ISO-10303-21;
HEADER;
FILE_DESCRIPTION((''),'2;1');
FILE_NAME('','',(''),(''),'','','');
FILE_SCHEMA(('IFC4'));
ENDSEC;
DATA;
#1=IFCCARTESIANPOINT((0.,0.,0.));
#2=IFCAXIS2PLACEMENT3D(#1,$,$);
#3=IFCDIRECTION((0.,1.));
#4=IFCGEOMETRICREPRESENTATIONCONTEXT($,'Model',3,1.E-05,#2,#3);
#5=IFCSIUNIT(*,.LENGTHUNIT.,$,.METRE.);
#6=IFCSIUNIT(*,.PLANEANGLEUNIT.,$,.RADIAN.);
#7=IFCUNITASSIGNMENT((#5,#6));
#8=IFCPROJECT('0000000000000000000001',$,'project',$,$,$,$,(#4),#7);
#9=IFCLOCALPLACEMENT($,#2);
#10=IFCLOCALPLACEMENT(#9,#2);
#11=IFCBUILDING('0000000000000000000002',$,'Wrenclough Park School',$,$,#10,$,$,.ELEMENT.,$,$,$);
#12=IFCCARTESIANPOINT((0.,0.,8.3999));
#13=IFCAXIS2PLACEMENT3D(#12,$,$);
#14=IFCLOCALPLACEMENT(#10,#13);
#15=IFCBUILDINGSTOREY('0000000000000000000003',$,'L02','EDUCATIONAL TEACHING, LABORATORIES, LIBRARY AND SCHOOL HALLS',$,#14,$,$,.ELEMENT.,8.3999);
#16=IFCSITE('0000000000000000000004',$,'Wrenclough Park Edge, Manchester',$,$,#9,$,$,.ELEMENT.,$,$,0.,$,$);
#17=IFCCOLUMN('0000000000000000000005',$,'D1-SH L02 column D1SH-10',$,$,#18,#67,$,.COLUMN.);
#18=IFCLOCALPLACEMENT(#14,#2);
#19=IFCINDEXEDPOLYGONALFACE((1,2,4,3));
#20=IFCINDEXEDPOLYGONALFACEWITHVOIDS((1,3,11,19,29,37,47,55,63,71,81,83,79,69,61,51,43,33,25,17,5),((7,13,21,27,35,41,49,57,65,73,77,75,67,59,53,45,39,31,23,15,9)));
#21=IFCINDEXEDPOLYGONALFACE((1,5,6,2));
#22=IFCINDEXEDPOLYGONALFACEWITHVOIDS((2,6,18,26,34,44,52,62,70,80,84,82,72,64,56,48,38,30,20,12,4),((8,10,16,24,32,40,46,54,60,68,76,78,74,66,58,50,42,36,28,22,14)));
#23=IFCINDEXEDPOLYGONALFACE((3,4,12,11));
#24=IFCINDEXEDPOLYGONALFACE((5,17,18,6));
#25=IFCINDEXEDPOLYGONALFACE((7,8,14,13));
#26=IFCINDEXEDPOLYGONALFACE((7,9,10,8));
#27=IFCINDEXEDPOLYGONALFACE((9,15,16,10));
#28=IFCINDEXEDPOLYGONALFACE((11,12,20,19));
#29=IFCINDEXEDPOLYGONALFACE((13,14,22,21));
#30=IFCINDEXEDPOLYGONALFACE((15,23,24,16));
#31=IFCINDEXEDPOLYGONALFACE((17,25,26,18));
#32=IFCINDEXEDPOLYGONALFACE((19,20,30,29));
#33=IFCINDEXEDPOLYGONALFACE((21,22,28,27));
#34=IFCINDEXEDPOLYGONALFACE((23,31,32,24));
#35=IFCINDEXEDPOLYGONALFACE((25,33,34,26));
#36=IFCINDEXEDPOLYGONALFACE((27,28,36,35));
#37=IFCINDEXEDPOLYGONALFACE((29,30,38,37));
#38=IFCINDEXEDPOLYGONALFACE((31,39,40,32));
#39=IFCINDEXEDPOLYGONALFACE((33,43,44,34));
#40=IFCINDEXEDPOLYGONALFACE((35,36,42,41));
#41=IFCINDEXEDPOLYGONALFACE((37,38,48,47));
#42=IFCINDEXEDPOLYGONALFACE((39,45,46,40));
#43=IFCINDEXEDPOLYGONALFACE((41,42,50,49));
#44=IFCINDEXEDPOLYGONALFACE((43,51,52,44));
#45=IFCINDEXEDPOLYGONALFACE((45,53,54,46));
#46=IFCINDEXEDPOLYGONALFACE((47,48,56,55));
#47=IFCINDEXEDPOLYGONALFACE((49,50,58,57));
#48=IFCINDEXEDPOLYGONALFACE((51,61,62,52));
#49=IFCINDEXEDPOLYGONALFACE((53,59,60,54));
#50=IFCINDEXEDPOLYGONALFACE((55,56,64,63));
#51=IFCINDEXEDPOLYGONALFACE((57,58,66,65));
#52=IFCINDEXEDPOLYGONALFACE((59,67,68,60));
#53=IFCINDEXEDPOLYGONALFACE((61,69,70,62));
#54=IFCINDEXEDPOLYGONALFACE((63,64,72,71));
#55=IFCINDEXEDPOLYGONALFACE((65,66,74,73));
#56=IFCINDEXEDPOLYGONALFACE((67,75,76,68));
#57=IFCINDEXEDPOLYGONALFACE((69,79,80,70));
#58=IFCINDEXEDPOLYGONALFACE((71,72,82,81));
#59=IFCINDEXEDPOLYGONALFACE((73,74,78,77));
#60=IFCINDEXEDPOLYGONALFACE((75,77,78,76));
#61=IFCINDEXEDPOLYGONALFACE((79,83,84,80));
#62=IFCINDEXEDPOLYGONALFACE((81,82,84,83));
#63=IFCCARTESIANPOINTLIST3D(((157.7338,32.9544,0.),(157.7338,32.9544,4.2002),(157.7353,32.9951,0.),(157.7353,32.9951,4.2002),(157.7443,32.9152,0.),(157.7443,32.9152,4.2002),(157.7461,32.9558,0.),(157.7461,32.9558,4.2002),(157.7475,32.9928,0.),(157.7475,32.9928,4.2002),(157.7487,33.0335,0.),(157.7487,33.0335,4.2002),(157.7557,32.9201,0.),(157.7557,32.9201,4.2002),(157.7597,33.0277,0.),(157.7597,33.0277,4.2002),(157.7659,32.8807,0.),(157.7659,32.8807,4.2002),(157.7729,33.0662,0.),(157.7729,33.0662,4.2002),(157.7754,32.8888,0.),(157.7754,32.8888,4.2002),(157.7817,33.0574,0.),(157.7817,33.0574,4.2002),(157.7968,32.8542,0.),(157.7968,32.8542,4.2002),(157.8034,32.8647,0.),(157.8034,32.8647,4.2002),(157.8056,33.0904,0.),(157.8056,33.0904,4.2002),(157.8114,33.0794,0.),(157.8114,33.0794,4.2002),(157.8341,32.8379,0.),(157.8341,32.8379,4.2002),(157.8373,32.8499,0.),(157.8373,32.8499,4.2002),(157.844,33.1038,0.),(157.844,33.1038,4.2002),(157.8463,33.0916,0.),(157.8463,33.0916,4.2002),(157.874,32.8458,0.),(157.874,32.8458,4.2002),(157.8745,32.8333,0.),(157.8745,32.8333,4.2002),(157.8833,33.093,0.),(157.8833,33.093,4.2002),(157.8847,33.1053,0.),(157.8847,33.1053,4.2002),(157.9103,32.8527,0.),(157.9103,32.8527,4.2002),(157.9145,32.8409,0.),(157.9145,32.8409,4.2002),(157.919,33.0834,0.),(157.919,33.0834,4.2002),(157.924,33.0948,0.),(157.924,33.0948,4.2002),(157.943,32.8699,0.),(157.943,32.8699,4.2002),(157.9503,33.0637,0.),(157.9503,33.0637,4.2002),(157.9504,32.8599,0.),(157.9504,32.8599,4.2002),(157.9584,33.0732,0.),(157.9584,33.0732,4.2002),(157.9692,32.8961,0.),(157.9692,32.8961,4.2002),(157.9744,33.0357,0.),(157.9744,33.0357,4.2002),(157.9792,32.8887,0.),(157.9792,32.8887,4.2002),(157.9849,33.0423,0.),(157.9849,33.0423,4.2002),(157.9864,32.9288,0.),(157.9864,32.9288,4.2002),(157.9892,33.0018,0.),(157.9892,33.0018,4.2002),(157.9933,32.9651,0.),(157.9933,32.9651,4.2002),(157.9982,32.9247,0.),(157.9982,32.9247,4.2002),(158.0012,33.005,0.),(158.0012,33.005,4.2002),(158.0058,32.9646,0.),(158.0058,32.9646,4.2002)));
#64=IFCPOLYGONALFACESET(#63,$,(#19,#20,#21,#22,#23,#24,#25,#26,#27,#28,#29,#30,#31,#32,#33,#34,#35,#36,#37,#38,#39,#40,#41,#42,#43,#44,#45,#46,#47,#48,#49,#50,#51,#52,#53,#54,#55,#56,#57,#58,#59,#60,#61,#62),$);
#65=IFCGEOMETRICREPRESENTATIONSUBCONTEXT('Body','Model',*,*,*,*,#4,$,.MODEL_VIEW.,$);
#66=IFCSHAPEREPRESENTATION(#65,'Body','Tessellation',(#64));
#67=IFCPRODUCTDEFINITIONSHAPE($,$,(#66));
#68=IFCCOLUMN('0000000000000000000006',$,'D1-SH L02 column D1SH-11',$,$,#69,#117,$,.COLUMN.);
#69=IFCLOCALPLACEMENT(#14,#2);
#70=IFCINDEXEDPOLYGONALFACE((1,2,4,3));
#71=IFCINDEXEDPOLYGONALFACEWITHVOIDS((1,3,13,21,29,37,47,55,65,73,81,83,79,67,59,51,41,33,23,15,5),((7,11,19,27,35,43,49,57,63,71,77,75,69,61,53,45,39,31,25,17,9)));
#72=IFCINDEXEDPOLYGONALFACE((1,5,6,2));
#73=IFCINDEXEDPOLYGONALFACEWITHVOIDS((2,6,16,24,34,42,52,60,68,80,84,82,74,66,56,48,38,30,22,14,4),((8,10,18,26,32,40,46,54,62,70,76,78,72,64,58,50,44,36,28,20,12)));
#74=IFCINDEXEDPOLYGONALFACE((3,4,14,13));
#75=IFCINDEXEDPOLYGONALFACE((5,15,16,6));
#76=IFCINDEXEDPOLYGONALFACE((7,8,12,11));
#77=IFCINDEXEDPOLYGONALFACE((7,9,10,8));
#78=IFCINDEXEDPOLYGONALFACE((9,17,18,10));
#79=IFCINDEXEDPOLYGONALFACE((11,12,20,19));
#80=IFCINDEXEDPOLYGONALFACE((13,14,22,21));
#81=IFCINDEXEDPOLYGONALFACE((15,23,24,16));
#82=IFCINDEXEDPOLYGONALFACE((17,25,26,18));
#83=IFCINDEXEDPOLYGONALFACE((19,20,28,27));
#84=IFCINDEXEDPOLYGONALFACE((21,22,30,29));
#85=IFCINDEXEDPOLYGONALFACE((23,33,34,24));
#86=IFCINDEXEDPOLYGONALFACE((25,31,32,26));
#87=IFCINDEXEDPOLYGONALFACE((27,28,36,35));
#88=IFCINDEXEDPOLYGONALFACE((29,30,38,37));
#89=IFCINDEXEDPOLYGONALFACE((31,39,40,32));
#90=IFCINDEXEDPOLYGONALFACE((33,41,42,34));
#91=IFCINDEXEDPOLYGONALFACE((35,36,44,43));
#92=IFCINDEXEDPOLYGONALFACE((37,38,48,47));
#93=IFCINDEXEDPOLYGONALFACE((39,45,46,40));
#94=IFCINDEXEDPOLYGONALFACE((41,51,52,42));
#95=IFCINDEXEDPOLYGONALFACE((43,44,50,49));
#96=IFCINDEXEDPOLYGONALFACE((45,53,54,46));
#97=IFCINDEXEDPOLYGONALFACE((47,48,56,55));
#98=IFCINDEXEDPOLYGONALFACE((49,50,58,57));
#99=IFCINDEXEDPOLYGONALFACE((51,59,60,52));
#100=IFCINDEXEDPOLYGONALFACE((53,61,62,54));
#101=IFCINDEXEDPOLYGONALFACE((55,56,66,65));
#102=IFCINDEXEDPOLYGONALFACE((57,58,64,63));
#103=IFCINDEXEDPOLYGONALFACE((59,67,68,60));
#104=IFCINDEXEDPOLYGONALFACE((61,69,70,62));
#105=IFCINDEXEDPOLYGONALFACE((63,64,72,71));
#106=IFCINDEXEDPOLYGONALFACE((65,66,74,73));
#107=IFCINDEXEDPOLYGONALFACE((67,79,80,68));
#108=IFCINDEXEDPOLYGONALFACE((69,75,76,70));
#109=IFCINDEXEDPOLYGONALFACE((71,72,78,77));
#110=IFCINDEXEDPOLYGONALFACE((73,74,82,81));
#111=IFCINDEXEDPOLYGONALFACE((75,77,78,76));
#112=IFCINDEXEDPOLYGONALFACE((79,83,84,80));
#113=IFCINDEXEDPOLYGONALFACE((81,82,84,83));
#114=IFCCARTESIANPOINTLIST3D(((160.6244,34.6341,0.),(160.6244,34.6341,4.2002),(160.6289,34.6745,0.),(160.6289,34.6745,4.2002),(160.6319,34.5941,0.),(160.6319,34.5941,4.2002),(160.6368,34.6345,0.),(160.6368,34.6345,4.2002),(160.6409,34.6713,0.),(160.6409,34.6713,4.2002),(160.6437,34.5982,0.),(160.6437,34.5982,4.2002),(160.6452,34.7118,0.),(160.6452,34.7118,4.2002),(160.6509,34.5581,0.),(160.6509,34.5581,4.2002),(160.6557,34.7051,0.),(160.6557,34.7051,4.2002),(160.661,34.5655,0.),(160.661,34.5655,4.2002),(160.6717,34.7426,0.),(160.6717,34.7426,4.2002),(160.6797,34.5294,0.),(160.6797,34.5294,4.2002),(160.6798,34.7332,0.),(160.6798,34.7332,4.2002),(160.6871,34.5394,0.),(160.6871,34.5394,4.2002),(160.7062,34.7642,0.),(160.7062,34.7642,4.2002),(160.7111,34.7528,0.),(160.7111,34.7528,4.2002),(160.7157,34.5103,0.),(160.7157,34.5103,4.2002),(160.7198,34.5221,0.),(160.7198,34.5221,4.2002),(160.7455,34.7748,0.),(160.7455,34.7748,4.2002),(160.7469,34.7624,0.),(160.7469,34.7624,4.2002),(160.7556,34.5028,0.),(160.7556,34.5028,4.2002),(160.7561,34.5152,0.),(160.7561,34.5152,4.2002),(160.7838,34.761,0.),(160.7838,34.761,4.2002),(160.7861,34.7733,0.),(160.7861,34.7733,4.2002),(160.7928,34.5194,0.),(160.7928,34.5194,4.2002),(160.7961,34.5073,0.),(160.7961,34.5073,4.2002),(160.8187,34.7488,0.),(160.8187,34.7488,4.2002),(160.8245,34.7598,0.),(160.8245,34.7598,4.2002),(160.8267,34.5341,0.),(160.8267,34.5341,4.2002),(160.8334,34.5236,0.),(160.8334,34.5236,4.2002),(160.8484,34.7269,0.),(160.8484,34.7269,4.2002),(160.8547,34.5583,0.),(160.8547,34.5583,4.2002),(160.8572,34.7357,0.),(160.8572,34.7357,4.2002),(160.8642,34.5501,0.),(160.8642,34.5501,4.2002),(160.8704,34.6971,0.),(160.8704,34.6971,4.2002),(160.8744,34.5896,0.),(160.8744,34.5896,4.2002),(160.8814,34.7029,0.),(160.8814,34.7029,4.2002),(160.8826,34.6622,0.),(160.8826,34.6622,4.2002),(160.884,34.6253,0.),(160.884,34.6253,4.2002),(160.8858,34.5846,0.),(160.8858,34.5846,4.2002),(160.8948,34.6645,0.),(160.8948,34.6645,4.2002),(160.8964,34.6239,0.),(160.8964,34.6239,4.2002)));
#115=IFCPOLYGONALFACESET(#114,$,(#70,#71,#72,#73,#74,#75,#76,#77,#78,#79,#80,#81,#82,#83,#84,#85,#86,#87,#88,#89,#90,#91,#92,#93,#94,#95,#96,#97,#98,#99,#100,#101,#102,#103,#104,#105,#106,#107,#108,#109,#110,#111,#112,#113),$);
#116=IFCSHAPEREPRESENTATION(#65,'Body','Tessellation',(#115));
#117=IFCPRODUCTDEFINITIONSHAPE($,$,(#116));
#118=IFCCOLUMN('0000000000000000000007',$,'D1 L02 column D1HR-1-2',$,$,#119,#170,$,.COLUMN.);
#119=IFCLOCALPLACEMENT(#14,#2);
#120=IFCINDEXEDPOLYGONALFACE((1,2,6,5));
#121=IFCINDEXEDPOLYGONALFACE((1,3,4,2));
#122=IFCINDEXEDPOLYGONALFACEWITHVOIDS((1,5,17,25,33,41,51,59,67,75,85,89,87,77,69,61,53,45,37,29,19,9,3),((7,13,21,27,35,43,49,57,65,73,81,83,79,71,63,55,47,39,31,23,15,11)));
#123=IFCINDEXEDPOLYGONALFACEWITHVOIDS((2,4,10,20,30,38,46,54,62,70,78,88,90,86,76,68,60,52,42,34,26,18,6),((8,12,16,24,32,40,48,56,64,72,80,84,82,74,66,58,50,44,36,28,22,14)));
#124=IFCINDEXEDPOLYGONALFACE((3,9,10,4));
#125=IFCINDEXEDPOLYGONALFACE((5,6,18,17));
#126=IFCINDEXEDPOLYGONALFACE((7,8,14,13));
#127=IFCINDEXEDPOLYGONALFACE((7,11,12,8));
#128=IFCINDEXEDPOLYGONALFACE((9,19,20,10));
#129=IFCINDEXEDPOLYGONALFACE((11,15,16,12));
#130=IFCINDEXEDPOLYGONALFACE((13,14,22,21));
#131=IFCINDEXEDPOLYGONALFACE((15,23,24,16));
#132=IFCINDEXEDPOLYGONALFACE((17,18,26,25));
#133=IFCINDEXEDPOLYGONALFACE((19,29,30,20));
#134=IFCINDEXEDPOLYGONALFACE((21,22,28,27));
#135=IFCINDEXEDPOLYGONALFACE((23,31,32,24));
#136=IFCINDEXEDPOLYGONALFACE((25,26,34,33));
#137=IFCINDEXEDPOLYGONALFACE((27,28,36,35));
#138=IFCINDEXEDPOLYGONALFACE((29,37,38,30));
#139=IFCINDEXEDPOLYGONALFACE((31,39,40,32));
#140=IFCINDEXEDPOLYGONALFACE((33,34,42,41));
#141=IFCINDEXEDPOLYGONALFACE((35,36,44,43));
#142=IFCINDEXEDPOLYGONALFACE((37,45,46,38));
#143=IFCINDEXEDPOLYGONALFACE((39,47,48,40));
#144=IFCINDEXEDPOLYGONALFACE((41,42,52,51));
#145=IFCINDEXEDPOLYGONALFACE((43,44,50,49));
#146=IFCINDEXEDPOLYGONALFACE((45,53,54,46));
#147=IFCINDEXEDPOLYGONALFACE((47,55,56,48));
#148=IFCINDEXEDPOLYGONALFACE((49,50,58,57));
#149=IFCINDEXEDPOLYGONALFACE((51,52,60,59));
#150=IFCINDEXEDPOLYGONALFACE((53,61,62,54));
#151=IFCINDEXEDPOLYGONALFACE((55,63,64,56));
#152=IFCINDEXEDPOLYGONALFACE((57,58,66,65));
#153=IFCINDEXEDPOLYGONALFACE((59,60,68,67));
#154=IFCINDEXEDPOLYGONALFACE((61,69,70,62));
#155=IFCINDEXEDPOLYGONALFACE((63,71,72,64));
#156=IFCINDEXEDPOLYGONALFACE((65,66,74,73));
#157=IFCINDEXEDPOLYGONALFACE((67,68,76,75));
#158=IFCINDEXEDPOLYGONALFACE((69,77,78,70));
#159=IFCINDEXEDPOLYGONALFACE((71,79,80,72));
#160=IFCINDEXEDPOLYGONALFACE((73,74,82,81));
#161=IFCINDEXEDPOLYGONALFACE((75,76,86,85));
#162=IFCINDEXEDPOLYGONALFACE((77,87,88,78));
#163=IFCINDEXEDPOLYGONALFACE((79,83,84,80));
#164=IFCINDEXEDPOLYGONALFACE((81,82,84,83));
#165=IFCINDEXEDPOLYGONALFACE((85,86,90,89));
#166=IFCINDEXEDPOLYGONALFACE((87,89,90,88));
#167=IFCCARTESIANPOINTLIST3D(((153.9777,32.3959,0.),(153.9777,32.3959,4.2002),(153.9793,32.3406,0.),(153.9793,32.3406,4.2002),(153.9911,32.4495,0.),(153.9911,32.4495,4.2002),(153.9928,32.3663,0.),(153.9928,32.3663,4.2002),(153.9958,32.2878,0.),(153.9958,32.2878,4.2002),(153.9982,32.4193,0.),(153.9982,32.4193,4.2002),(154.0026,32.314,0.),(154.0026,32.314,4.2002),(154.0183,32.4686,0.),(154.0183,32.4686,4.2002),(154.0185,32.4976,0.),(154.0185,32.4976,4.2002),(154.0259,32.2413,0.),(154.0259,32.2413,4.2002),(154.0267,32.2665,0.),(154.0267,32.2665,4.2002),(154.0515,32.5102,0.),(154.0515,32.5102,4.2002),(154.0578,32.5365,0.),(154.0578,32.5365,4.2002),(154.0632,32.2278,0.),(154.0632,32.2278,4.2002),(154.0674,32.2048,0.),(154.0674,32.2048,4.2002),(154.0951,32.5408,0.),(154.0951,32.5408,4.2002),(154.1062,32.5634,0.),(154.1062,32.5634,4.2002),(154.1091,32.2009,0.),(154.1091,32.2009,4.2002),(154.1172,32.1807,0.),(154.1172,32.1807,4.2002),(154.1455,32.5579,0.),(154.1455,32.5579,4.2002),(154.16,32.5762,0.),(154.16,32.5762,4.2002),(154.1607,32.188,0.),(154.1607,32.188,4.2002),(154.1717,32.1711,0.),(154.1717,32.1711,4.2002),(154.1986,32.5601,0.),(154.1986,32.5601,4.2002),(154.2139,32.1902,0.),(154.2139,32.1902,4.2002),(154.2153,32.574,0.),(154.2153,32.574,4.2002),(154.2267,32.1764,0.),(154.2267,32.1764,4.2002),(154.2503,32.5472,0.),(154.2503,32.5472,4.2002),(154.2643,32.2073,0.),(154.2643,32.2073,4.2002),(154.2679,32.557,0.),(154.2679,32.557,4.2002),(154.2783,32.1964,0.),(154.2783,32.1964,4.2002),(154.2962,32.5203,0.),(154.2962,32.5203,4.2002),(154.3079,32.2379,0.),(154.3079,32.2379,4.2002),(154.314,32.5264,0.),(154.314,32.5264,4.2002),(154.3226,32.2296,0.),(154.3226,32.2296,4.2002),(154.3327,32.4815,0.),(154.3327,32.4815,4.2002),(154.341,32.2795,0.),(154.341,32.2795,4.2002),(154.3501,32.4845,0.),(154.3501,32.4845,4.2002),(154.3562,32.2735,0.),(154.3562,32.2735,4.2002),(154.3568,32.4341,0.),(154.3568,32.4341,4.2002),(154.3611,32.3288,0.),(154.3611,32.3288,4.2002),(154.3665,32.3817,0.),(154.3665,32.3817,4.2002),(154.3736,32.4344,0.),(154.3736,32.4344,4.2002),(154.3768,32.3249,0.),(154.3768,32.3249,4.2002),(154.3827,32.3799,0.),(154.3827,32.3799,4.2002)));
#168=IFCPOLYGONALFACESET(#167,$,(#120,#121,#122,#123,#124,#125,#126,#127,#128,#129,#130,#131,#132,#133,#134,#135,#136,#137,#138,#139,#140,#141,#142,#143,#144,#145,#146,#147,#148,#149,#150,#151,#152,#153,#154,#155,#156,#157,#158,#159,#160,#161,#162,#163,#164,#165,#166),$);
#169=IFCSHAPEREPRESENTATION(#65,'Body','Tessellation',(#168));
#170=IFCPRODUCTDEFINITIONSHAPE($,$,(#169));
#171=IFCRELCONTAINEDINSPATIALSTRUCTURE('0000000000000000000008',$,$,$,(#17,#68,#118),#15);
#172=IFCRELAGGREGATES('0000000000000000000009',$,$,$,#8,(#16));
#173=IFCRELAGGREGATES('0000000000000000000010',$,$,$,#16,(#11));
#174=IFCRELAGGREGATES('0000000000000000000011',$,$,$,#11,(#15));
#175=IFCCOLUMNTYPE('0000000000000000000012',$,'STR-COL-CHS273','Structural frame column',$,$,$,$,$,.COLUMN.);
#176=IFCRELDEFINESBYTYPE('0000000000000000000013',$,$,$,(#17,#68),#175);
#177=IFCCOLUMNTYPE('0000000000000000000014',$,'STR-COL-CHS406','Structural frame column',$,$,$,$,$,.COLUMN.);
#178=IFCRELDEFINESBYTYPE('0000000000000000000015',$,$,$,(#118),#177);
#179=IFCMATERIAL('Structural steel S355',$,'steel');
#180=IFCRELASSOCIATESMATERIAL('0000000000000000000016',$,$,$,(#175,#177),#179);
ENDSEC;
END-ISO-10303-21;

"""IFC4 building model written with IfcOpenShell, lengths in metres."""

from ifc_helpers import new_model, si_unit, direction, frame, origin, origin_2d, place, context, subcontext, project, spatial, hollow_circle, extrude, material, material_profile, profile_set, type_object, element, save


model = new_model("IFC4")

# Units and contexts
model_context = context("Model", 3, precision=1e-05, world=origin(), true_north=direction((0.0, 1.0)))
body_context = subcontext(model_context, "Body", "Model", "MODEL_VIEW")
ifc_project = project(units=[si_unit("LENGTHUNIT", "METRE"), si_unit("PLANEANGLEUNIT", "RADIAN")], contexts=[model_context])

# Site, building, storey
site_placement = place(None, origin())
site = spatial("IfcSite", under=ifc_project, at=site_placement, Name="Wrenclough Park Edge, Manchester", CompositionType="ELEMENT", RefElevation=0.0)
building_placement = place(site_placement, origin())
building = spatial("IfcBuilding", under=site, at=building_placement, Name="Wrenclough Park School", CompositionType="ELEMENT")
storey_placement = place(building_placement, frame((0.0, 0.0, 8.3999)))
storey = spatial("IfcBuildingStorey", under=building, at=storey_placement, Name="L02", Description="EDUCATIONAL TEACHING, LABORATORIES, LIBRARY AND SCHOOL HALLS", CompositionType="ELEMENT", Elevation=8.3999)

# Columns
ifc_material_1 = material(Name="Structural steel S355", Category="steel")
ifc_material_profile_1 = material_profile(ifc_material_1, hollow_circle(Radius=0.1365, WallThickness=0.0125, at=origin_2d()), Name="CHS 273.0x12.5")
ifc_profile_set_1 = profile_set([ifc_material_profile_1], Name="Structural steel S355")
column_type_1 = type_object("IfcColumnType", Name="STR-COL-CHS273", Description="Structural frame column", PredefinedType="COLUMN", material=ifc_profile_set_1)
for number, where, z_axis, x_axis, name in (
    (1, (157.8694, 32.9697, 0.0), (0.0, 0.0, 1.0), (0.965926, 0.258819, 0.0), "D1-SH L02 column D1SH-10"),
    (2, (160.7607, 34.6392, 0.0), (0.0, 0.0, 1.0), (0.707107, 0.707107, 0.0), "D1-SH L02 column D1SH-11"),
):
    element("IfcColumn", number, at=place(storey_placement, frame(where, z_axis=z_axis, x_axis=x_axis)), inside=storey, type_object=column_type_1, Name=name, PredefinedType="COLUMN", context=body_context, shape_type="SweptSolid", body=[
        extrude(hollow_circle(Radius=0.1365, WallThickness=0.0125, at=origin_2d()), origin(), (0.0, 0.0, 1.0), 4.2002),
    ])
ifc_material_profile_2 = material_profile(ifc_material_1, hollow_circle(Radius=0.2031, WallThickness=0.0161, at=origin_2d()), Name="CHS 406.4x16.0")
ifc_profile_set_2 = profile_set([ifc_material_profile_2], Name="Structural steel S355")
column_type_2 = type_object("IfcColumnType", Name="STR-COL-CHS406", Description="Structural frame column", PredefinedType="COLUMN", material=ifc_profile_set_2)
for number, where, z_axis, x_axis, name in (
    (3, (154.1797, 32.374, 0.0), (0.0, 0.0, 1.0), (0.970296, -0.241922, 0.0), "D1 L02 column D1HR-1-2"),
):
    element("IfcColumn", number, at=place(storey_placement, frame(where, z_axis=z_axis, x_axis=x_axis)), inside=storey, type_object=column_type_2, Name=name, PredefinedType="COLUMN", context=body_context, shape_type="SweptSolid", body=[
        extrude(hollow_circle(Radius=0.2031, WallThickness=0.0161, at=origin_2d()), origin(), (0.0, 0.0, 1.0), 4.2002),
    ])

save(model, "model.ifc")
